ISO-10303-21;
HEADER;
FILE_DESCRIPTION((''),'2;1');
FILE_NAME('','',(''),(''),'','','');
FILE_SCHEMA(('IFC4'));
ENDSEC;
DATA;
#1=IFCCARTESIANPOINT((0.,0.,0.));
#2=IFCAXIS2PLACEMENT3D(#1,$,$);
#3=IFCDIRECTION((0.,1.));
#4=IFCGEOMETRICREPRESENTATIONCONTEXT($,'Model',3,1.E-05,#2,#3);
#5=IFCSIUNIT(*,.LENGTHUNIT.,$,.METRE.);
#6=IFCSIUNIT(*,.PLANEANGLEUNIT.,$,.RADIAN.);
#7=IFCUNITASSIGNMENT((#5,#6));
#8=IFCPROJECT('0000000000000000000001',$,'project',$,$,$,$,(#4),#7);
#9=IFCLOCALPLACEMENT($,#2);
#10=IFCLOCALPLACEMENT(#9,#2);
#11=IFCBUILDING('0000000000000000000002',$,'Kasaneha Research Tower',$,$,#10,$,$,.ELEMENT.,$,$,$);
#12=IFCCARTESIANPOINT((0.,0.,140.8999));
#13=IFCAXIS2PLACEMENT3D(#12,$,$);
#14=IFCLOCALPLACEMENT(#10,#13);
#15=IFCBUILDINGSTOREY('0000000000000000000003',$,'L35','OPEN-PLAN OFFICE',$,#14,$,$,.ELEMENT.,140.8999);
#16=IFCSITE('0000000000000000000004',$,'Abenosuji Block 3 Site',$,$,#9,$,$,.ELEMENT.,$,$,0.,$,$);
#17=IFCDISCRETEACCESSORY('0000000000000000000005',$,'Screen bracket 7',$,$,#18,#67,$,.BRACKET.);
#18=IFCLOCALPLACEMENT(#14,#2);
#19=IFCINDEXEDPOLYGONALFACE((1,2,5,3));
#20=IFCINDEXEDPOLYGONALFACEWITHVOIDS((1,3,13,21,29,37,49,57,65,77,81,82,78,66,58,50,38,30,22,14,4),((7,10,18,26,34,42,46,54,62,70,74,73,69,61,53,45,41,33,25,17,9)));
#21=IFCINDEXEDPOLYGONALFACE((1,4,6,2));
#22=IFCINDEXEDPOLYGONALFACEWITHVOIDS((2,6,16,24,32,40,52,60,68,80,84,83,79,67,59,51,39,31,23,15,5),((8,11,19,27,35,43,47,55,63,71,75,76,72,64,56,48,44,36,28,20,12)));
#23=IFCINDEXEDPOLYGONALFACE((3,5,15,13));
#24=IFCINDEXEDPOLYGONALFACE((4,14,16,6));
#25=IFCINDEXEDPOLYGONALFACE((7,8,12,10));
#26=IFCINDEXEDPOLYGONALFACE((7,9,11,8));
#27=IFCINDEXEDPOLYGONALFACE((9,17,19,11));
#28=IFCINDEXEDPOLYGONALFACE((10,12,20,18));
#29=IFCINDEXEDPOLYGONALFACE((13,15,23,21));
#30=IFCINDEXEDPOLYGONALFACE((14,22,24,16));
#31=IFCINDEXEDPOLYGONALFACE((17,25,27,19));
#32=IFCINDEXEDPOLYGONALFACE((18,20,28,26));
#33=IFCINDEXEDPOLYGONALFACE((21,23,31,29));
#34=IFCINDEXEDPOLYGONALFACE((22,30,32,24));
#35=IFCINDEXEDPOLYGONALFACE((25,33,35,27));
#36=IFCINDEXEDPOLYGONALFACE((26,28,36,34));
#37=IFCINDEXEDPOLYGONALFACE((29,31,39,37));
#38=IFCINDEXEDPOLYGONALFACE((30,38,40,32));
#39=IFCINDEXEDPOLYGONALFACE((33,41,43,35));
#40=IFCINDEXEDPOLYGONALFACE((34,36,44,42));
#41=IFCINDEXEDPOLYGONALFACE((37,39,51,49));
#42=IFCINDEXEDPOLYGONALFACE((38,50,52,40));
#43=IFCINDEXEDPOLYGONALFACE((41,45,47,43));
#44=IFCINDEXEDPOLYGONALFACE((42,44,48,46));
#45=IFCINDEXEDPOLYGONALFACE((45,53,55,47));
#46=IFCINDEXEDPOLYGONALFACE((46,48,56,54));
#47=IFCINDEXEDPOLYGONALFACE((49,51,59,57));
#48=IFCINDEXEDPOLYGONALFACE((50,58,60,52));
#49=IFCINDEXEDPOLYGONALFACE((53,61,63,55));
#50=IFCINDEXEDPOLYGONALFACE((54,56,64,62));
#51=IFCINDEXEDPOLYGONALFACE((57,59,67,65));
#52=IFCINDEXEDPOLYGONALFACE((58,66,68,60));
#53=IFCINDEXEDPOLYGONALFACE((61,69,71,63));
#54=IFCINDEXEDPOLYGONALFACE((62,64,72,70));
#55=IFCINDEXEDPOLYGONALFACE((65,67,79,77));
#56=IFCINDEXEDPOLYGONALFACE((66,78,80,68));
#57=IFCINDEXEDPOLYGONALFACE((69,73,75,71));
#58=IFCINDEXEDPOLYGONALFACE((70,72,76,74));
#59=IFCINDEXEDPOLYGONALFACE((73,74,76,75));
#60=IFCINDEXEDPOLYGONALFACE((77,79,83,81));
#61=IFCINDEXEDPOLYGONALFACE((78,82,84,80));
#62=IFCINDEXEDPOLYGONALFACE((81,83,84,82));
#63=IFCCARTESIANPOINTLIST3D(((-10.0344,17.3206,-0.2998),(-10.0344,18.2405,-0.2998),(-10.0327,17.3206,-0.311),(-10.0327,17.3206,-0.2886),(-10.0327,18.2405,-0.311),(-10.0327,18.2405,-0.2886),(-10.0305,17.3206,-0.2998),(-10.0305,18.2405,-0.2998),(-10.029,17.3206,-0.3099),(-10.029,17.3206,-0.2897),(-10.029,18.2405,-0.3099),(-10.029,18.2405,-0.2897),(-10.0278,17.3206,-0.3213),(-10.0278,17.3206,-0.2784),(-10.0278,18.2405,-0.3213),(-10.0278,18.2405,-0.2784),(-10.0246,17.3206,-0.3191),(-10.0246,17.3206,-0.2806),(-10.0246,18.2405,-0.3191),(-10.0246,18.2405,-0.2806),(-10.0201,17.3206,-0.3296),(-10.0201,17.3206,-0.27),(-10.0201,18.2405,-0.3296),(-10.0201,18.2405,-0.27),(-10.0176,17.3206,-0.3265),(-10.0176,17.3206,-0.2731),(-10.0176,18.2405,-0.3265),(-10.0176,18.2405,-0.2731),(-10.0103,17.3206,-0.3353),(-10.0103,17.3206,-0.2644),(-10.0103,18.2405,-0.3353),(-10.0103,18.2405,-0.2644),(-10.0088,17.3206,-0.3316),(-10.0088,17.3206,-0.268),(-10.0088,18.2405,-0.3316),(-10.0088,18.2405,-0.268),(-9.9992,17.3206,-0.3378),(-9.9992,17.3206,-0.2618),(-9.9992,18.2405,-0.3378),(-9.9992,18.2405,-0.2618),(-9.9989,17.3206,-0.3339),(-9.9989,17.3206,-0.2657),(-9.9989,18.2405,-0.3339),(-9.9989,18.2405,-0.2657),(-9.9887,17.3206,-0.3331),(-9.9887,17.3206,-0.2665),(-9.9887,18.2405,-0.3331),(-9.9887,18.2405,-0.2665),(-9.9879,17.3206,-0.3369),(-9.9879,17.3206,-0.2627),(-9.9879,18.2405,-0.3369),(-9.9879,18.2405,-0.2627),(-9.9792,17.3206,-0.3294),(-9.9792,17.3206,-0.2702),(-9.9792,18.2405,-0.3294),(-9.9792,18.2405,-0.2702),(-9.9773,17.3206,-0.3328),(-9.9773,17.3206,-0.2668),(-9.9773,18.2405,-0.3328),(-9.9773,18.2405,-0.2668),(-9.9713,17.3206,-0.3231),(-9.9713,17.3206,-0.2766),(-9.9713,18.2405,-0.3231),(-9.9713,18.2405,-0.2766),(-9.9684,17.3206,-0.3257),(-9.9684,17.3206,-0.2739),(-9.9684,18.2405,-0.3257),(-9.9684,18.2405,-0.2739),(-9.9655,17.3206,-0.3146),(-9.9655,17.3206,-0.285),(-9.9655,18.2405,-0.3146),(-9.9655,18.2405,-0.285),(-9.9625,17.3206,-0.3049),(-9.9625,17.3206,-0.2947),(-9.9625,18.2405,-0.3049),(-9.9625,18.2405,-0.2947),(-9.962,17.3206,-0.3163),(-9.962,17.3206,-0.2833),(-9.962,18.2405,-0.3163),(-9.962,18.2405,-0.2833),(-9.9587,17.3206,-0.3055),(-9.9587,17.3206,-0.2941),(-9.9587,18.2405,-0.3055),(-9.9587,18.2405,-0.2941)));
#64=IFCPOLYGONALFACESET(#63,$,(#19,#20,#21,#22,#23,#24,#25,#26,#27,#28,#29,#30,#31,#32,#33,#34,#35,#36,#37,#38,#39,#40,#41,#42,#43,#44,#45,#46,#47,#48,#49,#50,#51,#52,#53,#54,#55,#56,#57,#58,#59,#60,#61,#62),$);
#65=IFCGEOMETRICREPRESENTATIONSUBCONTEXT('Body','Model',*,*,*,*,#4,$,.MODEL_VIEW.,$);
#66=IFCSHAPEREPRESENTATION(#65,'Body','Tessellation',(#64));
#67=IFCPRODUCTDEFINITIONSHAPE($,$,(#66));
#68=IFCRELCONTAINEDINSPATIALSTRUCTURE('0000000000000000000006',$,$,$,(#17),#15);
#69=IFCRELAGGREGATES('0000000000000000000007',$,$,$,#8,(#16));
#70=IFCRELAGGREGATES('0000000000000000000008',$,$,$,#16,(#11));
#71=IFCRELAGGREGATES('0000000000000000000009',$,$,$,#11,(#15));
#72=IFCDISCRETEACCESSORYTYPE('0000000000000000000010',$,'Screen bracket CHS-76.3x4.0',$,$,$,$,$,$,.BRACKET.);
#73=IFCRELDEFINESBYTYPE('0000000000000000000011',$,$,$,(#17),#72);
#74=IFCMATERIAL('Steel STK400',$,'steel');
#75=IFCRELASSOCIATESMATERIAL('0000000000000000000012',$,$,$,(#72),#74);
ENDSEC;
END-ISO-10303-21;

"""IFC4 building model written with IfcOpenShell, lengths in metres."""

from ifc_helpers import new_model, si_unit, direction, frame, origin, origin_2d, place, context, subcontext, project, spatial, hollow_circle, extrude, material, material_profile, profile_set, type_object, element, save


model = new_model("IFC4")

# Units and contexts
model_context = context("Model", 3, precision=1e-05, world=origin(), true_north=direction((0.0, 1.0)))
body_context = subcontext(model_context, "Body", "Model", "MODEL_VIEW")
ifc_project = project(units=[si_unit("LENGTHUNIT", "METRE"), si_unit("PLANEANGLEUNIT", "RADIAN")], contexts=[model_context])

# Site, building, storey
site_placement = place(None, origin())
site = spatial("IfcSite", under=ifc_project, at=site_placement, Name="Abenosuji Block 3 Site", CompositionType="ELEMENT", RefElevation=0.0)
building_placement = place(site_placement, origin())
building = spatial("IfcBuilding", under=site, at=building_placement, Name="Kasaneha Research Tower", CompositionType="ELEMENT")
storey_placement = place(building_placement, frame((0.0, 0.0, 140.8999)))
storey = spatial("IfcBuildingStorey", under=building, at=storey_placement, Name="L35", Description="OPEN-PLAN OFFICE", CompositionType="ELEMENT", Elevation=140.8999)

# Discrete accessory
ifc_material_1 = material(Name="Steel STK400", Category="steel")
ifc_material_profile_1 = material_profile(ifc_material_1, hollow_circle(Radius=0.0381, WallThickness=0.0039, at=origin_2d()), Name="CHS-76.3x4.0")
ifc_profile_set_1 = profile_set([ifc_material_profile_1], Name="Steel STK400")
discrete_accessory_type = type_object("IfcDiscreteAccessoryType", Name="Screen bracket CHS-76.3x4.0", PredefinedType="BRACKET", material=ifc_profile_set_1)
for number, where, z_axis, x_axis, name in (
    (1, (-9.9963, 17.3206, -0.2998), (0.0, 1.0, 0.0), (-1.0, 0.0, 0.0), "Screen bracket 7"),
):
    element("IfcDiscreteAccessory", number, at=place(storey_placement, frame(where, z_axis=z_axis, x_axis=x_axis)), inside=storey, type_object=discrete_accessory_type, Name=name, PredefinedType="BRACKET", context=body_context, shape_type="SweptSolid", body=[
        extrude(hollow_circle(Radius=0.0381, WallThickness=0.0039, at=origin_2d()), origin(), (0.0, 0.0, 1.0), 0.9199),
    ])

save(model, "model.ifc")
